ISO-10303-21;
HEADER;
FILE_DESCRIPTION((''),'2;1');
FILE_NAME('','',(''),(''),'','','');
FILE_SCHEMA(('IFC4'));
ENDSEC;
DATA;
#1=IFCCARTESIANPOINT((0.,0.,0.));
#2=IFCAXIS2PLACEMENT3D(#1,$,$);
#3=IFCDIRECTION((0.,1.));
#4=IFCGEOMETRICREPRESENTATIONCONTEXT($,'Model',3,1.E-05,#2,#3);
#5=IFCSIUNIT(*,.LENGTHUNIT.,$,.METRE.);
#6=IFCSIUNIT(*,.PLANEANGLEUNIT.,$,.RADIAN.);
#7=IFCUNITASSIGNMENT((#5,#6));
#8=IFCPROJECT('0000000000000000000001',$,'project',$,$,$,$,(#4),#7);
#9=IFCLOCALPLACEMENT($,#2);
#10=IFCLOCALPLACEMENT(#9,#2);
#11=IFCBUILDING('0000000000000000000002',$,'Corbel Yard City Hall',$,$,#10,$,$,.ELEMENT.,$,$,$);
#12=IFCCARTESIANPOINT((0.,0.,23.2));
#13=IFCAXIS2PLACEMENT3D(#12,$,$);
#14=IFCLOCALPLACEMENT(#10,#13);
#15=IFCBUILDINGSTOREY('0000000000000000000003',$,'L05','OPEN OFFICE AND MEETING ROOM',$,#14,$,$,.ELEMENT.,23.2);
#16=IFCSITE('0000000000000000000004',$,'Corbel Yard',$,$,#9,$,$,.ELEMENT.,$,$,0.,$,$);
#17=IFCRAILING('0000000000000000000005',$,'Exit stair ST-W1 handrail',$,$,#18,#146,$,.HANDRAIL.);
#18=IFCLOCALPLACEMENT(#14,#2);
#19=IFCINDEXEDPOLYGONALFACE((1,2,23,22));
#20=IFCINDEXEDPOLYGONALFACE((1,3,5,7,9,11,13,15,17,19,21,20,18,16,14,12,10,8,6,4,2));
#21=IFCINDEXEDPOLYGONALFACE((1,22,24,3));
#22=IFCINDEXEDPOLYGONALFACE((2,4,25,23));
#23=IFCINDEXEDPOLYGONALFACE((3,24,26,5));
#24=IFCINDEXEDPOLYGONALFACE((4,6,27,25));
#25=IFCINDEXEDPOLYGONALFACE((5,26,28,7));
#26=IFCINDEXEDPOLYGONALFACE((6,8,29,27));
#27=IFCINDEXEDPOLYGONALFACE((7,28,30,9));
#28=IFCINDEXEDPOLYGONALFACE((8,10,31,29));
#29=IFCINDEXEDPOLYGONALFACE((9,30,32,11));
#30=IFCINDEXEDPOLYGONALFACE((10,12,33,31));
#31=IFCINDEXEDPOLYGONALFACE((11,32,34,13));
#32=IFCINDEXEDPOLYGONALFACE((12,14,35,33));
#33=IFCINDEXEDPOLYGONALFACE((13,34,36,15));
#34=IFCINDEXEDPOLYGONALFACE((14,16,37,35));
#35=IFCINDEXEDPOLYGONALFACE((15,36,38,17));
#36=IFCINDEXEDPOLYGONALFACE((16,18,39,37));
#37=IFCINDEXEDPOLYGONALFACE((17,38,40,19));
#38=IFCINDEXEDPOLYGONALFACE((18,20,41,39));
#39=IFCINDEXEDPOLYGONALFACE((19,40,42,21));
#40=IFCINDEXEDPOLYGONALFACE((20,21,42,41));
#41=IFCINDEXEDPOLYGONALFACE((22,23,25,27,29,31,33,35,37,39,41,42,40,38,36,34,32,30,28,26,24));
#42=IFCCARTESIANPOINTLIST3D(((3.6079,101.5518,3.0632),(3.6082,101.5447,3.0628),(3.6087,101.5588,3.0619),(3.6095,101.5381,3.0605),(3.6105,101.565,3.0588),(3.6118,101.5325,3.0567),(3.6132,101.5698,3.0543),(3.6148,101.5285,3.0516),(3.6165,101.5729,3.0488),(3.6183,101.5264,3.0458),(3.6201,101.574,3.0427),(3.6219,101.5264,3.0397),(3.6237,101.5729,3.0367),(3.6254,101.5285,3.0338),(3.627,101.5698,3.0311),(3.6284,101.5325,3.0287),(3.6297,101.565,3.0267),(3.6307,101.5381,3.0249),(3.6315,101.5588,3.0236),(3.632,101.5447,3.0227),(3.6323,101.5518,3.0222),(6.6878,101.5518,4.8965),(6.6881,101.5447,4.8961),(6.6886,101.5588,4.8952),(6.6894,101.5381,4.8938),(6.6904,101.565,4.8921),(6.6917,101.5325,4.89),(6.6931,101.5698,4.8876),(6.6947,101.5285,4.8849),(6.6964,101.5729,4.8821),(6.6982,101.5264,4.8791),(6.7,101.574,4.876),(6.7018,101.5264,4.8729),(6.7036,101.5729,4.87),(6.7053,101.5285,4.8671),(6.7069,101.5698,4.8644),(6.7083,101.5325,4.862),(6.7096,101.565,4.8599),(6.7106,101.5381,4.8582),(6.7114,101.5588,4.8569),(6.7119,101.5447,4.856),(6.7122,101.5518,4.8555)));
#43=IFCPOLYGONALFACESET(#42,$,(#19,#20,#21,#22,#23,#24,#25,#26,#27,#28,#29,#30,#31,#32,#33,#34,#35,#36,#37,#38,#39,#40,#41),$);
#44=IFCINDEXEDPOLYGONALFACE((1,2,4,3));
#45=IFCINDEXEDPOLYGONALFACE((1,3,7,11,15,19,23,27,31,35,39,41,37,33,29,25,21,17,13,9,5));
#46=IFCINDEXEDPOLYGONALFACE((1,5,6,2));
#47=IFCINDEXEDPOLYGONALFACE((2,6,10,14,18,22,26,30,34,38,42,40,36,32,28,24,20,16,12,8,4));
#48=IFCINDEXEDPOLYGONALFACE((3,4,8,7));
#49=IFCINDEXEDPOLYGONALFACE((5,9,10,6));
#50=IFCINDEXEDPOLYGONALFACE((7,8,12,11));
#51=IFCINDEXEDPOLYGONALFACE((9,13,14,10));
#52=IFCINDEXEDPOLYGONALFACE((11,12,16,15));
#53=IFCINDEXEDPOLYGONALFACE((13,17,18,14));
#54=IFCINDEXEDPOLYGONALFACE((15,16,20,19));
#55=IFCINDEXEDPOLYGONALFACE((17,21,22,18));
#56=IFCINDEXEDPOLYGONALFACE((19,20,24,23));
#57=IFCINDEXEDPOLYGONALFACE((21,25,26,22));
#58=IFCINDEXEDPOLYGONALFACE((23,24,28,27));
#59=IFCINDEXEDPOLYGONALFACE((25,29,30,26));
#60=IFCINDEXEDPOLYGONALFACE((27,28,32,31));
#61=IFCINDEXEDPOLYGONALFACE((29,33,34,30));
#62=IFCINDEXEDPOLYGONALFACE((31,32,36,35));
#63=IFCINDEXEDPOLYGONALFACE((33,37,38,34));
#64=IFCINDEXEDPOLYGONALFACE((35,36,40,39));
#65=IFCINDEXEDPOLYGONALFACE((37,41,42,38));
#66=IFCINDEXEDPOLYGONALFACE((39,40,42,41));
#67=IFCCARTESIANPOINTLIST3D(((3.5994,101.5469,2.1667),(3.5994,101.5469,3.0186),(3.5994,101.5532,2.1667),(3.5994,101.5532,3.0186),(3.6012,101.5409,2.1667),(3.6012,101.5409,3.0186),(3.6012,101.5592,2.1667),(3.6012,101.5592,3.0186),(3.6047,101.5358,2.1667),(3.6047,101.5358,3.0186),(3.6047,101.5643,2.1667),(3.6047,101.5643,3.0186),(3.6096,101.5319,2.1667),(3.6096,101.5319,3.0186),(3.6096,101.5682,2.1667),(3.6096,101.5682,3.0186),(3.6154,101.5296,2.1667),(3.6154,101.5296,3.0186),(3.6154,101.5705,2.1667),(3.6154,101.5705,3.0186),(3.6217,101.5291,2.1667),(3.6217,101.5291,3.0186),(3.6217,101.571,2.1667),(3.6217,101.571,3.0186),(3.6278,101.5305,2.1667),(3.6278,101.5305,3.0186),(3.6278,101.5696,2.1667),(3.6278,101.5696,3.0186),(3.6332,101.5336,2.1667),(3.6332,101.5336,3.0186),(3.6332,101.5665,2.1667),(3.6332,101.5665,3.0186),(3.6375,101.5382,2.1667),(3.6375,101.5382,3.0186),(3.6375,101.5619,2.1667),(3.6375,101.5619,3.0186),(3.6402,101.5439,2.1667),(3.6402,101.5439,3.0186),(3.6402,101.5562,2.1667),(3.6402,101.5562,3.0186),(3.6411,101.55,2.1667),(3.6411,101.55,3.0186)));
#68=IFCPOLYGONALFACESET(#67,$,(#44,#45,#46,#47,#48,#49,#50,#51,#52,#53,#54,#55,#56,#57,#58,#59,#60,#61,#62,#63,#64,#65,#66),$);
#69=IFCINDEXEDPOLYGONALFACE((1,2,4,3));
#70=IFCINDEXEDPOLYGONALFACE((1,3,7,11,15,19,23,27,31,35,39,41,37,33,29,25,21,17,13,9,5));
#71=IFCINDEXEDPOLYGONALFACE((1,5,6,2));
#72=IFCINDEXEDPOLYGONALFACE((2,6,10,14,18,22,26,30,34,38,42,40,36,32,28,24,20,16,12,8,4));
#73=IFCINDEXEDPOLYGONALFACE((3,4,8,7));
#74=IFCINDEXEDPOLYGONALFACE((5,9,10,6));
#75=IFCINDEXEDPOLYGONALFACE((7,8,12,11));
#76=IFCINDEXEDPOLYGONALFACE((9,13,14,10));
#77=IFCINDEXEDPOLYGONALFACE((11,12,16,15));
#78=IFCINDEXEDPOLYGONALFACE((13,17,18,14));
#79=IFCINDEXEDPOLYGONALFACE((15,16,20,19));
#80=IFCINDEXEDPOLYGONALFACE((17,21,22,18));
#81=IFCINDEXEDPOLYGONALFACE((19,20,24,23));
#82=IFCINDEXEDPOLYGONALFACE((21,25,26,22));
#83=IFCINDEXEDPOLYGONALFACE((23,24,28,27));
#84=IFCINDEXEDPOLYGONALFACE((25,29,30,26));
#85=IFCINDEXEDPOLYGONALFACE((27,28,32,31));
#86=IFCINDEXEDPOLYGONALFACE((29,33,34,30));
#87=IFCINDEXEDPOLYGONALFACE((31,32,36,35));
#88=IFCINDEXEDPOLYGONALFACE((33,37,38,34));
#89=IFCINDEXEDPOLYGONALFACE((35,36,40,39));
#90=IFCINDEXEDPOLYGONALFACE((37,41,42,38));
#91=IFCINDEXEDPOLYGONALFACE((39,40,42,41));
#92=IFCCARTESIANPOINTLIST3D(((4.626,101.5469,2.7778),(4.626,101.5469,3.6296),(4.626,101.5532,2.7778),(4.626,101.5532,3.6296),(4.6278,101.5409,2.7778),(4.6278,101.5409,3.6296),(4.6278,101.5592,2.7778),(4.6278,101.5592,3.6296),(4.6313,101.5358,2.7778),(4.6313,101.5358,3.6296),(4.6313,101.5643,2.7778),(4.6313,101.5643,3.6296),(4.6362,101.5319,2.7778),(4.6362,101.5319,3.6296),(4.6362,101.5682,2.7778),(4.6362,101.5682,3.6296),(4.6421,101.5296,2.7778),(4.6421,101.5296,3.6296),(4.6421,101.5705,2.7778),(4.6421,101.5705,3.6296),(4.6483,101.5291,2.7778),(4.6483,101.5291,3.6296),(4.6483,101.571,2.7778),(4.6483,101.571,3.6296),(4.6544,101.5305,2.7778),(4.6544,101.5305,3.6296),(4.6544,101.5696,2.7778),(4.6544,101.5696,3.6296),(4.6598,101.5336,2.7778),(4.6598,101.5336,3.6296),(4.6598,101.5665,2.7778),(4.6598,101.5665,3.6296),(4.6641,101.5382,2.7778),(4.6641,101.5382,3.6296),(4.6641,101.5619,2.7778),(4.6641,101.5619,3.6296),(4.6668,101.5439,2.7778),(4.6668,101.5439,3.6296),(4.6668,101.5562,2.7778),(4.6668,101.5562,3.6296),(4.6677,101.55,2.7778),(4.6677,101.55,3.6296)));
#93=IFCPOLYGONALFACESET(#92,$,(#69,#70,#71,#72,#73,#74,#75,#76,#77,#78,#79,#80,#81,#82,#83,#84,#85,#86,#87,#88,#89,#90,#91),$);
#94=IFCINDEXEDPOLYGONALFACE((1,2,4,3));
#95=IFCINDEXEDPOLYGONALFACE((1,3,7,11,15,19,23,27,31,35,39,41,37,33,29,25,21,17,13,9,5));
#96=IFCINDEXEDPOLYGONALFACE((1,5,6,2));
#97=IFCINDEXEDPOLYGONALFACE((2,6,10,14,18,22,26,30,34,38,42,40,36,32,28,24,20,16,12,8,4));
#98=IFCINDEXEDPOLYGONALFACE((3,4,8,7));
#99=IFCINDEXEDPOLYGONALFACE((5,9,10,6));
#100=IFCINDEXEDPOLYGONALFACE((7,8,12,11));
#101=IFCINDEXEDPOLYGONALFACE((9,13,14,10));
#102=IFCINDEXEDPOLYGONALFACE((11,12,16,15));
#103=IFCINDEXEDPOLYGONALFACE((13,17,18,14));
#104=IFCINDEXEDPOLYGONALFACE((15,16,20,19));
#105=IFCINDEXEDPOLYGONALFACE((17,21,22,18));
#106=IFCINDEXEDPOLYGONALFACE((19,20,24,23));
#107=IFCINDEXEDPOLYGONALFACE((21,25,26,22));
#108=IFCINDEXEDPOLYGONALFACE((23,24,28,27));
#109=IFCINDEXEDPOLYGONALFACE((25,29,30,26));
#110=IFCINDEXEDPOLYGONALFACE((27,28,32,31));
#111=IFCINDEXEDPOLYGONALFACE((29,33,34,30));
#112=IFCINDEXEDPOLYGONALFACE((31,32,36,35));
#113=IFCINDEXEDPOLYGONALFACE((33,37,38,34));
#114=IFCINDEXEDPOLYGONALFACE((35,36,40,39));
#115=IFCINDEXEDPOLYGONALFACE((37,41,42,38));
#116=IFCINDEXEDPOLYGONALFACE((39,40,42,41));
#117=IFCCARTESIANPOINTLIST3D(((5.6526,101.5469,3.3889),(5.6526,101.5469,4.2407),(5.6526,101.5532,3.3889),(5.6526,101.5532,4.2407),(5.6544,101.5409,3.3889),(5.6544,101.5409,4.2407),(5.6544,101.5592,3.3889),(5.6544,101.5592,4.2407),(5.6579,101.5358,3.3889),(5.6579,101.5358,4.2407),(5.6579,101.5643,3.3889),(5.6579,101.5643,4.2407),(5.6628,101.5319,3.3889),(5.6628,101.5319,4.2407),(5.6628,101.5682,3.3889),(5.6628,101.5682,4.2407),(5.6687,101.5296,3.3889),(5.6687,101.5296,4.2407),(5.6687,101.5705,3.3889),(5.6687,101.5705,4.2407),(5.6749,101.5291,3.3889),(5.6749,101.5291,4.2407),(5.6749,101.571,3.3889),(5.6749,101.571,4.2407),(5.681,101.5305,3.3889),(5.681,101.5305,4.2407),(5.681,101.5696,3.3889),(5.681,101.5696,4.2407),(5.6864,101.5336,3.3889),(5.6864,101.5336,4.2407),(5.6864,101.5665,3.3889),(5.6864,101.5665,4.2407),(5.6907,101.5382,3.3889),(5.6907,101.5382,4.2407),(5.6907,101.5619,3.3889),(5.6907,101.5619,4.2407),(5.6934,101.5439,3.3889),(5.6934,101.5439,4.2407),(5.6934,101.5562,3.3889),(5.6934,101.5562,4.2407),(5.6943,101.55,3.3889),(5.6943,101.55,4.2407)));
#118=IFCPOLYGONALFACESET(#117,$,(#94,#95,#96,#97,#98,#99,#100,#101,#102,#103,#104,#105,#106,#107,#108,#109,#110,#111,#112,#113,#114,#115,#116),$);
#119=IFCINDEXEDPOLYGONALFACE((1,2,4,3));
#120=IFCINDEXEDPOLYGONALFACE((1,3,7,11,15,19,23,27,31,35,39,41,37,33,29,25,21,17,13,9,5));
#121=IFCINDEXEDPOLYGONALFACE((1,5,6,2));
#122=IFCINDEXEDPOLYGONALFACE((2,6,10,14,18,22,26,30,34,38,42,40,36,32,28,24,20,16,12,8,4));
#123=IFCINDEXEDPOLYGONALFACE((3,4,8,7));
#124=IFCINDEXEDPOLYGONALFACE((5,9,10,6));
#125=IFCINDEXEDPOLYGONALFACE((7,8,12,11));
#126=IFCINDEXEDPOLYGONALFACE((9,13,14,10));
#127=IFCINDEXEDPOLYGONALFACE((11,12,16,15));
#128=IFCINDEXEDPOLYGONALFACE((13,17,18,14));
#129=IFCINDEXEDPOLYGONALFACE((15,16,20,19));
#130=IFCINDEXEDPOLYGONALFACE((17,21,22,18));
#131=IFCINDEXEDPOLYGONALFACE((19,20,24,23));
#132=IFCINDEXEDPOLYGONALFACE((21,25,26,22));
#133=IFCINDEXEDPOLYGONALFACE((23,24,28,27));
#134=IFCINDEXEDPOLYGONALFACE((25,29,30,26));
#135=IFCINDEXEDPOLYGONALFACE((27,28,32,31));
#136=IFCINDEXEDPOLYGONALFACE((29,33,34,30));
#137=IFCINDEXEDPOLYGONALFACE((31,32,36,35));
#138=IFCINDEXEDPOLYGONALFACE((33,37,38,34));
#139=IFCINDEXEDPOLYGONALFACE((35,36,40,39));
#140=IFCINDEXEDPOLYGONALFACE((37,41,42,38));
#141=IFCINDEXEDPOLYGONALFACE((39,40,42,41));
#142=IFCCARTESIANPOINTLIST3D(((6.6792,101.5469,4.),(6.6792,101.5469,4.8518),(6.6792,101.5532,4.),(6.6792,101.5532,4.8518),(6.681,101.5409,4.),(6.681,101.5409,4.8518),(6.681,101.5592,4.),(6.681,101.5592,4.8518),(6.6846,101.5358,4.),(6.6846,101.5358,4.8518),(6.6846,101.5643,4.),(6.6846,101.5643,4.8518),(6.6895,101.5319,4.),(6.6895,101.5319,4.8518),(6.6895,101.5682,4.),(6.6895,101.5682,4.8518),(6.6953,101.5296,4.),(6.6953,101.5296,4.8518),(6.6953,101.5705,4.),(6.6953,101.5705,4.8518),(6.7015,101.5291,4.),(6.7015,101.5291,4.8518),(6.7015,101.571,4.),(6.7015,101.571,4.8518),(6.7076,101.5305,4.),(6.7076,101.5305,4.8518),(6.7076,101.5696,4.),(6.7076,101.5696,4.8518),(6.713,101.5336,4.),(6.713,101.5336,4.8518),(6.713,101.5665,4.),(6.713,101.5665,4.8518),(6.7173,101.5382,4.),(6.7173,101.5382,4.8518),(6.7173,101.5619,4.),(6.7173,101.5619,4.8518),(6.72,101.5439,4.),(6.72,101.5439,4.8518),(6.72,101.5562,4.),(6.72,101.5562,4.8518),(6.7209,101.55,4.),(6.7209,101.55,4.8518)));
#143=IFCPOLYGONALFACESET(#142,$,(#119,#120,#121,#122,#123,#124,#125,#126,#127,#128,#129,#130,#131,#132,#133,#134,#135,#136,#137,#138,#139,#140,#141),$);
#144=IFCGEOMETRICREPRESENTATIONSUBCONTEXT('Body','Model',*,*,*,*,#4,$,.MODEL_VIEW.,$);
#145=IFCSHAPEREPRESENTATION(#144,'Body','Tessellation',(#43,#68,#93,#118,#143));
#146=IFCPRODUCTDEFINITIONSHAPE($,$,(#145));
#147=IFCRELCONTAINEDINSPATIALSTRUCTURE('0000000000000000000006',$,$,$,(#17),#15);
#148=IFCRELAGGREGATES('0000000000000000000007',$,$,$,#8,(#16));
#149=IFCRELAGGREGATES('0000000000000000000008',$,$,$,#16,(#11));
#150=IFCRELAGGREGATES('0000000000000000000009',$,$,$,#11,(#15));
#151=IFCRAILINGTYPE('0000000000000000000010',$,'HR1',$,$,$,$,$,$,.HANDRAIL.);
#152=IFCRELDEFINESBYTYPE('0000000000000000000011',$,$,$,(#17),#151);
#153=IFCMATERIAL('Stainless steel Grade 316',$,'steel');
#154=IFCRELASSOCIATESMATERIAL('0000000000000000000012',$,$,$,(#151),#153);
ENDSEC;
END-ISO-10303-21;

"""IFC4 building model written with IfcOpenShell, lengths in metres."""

from ifc_helpers import new_model, si_unit, direction, frame, origin, origin_2d, place, context, subcontext, project, spatial, circle, extrude, material, type_object, element, save


model = new_model("IFC4")

# Units and contexts
model_context = context("Model", 3, precision=1e-05, world=origin(), true_north=direction((0.0, 1.0)))
body_context = subcontext(model_context, "Body", "Model", "MODEL_VIEW")
ifc_project = project(units=[si_unit("LENGTHUNIT", "METRE"), si_unit("PLANEANGLEUNIT", "RADIAN")], contexts=[model_context])

# Site, building, storey
site_placement = place(None, origin())
site = spatial("IfcSite", under=ifc_project, at=site_placement, Name="Corbel Yard", CompositionType="ELEMENT", RefElevation=0.0)
building_placement = place(site_placement, origin())
building = spatial("IfcBuilding", under=site, at=building_placement, Name="Corbel Yard City Hall", CompositionType="ELEMENT")
storey_placement = place(building_placement, frame((0.0, 0.0, 23.2)))
storey = spatial("IfcBuildingStorey", under=building, at=storey_placement, Name="L05", Description="OPEN OFFICE AND MEETING ROOM", CompositionType="ELEMENT", Elevation=23.2)

# Railing
ifc_material_1 = material(Name="Stainless steel Grade 316", Category="steel")
railing_type = type_object("IfcRailingType", Name="HR1", PredefinedType="HANDRAIL", material=ifc_material_1)
for number, where, name in (
    (1, (3.6201, 101.55, 2.1667), "Exit stair ST-W1 handrail"),
):
    element("IfcRailing", number, at=place(storey_placement, frame(where)), inside=storey, type_object=railing_type, Name=name, PredefinedType="HANDRAIL", context=body_context, shape_type="SweptSolid", body=[
        extrude(circle(Radius=0.0239, at=origin_2d()), frame((0.0, 0.0, 0.876), z_axis=(0.859291, 0.0, 0.511487), x_axis=(0.0, 1.0, 0.0)), (0.0, 0.0, 1.0), 3.5842),
        extrude(circle(Radius=0.021, at=origin_2d()), origin(), (0.0, 0.0, 1.0), 0.8518),
        extrude(circle(Radius=0.021, at=origin_2d()), frame((1.0266, 0.0, 0.6111)), (0.0, 0.0, 1.0), 0.8518),
        extrude(circle(Radius=0.021, at=origin_2d()), frame((2.0532, 0.0, 1.2222)), (0.0, 0.0, 1.0), 0.8518),
        extrude(circle(Radius=0.021, at=origin_2d()), frame((3.0798, 0.0, 1.8333)), (0.0, 0.0, 1.0), 0.8518),
    ])

save(model, "model.ifc")
